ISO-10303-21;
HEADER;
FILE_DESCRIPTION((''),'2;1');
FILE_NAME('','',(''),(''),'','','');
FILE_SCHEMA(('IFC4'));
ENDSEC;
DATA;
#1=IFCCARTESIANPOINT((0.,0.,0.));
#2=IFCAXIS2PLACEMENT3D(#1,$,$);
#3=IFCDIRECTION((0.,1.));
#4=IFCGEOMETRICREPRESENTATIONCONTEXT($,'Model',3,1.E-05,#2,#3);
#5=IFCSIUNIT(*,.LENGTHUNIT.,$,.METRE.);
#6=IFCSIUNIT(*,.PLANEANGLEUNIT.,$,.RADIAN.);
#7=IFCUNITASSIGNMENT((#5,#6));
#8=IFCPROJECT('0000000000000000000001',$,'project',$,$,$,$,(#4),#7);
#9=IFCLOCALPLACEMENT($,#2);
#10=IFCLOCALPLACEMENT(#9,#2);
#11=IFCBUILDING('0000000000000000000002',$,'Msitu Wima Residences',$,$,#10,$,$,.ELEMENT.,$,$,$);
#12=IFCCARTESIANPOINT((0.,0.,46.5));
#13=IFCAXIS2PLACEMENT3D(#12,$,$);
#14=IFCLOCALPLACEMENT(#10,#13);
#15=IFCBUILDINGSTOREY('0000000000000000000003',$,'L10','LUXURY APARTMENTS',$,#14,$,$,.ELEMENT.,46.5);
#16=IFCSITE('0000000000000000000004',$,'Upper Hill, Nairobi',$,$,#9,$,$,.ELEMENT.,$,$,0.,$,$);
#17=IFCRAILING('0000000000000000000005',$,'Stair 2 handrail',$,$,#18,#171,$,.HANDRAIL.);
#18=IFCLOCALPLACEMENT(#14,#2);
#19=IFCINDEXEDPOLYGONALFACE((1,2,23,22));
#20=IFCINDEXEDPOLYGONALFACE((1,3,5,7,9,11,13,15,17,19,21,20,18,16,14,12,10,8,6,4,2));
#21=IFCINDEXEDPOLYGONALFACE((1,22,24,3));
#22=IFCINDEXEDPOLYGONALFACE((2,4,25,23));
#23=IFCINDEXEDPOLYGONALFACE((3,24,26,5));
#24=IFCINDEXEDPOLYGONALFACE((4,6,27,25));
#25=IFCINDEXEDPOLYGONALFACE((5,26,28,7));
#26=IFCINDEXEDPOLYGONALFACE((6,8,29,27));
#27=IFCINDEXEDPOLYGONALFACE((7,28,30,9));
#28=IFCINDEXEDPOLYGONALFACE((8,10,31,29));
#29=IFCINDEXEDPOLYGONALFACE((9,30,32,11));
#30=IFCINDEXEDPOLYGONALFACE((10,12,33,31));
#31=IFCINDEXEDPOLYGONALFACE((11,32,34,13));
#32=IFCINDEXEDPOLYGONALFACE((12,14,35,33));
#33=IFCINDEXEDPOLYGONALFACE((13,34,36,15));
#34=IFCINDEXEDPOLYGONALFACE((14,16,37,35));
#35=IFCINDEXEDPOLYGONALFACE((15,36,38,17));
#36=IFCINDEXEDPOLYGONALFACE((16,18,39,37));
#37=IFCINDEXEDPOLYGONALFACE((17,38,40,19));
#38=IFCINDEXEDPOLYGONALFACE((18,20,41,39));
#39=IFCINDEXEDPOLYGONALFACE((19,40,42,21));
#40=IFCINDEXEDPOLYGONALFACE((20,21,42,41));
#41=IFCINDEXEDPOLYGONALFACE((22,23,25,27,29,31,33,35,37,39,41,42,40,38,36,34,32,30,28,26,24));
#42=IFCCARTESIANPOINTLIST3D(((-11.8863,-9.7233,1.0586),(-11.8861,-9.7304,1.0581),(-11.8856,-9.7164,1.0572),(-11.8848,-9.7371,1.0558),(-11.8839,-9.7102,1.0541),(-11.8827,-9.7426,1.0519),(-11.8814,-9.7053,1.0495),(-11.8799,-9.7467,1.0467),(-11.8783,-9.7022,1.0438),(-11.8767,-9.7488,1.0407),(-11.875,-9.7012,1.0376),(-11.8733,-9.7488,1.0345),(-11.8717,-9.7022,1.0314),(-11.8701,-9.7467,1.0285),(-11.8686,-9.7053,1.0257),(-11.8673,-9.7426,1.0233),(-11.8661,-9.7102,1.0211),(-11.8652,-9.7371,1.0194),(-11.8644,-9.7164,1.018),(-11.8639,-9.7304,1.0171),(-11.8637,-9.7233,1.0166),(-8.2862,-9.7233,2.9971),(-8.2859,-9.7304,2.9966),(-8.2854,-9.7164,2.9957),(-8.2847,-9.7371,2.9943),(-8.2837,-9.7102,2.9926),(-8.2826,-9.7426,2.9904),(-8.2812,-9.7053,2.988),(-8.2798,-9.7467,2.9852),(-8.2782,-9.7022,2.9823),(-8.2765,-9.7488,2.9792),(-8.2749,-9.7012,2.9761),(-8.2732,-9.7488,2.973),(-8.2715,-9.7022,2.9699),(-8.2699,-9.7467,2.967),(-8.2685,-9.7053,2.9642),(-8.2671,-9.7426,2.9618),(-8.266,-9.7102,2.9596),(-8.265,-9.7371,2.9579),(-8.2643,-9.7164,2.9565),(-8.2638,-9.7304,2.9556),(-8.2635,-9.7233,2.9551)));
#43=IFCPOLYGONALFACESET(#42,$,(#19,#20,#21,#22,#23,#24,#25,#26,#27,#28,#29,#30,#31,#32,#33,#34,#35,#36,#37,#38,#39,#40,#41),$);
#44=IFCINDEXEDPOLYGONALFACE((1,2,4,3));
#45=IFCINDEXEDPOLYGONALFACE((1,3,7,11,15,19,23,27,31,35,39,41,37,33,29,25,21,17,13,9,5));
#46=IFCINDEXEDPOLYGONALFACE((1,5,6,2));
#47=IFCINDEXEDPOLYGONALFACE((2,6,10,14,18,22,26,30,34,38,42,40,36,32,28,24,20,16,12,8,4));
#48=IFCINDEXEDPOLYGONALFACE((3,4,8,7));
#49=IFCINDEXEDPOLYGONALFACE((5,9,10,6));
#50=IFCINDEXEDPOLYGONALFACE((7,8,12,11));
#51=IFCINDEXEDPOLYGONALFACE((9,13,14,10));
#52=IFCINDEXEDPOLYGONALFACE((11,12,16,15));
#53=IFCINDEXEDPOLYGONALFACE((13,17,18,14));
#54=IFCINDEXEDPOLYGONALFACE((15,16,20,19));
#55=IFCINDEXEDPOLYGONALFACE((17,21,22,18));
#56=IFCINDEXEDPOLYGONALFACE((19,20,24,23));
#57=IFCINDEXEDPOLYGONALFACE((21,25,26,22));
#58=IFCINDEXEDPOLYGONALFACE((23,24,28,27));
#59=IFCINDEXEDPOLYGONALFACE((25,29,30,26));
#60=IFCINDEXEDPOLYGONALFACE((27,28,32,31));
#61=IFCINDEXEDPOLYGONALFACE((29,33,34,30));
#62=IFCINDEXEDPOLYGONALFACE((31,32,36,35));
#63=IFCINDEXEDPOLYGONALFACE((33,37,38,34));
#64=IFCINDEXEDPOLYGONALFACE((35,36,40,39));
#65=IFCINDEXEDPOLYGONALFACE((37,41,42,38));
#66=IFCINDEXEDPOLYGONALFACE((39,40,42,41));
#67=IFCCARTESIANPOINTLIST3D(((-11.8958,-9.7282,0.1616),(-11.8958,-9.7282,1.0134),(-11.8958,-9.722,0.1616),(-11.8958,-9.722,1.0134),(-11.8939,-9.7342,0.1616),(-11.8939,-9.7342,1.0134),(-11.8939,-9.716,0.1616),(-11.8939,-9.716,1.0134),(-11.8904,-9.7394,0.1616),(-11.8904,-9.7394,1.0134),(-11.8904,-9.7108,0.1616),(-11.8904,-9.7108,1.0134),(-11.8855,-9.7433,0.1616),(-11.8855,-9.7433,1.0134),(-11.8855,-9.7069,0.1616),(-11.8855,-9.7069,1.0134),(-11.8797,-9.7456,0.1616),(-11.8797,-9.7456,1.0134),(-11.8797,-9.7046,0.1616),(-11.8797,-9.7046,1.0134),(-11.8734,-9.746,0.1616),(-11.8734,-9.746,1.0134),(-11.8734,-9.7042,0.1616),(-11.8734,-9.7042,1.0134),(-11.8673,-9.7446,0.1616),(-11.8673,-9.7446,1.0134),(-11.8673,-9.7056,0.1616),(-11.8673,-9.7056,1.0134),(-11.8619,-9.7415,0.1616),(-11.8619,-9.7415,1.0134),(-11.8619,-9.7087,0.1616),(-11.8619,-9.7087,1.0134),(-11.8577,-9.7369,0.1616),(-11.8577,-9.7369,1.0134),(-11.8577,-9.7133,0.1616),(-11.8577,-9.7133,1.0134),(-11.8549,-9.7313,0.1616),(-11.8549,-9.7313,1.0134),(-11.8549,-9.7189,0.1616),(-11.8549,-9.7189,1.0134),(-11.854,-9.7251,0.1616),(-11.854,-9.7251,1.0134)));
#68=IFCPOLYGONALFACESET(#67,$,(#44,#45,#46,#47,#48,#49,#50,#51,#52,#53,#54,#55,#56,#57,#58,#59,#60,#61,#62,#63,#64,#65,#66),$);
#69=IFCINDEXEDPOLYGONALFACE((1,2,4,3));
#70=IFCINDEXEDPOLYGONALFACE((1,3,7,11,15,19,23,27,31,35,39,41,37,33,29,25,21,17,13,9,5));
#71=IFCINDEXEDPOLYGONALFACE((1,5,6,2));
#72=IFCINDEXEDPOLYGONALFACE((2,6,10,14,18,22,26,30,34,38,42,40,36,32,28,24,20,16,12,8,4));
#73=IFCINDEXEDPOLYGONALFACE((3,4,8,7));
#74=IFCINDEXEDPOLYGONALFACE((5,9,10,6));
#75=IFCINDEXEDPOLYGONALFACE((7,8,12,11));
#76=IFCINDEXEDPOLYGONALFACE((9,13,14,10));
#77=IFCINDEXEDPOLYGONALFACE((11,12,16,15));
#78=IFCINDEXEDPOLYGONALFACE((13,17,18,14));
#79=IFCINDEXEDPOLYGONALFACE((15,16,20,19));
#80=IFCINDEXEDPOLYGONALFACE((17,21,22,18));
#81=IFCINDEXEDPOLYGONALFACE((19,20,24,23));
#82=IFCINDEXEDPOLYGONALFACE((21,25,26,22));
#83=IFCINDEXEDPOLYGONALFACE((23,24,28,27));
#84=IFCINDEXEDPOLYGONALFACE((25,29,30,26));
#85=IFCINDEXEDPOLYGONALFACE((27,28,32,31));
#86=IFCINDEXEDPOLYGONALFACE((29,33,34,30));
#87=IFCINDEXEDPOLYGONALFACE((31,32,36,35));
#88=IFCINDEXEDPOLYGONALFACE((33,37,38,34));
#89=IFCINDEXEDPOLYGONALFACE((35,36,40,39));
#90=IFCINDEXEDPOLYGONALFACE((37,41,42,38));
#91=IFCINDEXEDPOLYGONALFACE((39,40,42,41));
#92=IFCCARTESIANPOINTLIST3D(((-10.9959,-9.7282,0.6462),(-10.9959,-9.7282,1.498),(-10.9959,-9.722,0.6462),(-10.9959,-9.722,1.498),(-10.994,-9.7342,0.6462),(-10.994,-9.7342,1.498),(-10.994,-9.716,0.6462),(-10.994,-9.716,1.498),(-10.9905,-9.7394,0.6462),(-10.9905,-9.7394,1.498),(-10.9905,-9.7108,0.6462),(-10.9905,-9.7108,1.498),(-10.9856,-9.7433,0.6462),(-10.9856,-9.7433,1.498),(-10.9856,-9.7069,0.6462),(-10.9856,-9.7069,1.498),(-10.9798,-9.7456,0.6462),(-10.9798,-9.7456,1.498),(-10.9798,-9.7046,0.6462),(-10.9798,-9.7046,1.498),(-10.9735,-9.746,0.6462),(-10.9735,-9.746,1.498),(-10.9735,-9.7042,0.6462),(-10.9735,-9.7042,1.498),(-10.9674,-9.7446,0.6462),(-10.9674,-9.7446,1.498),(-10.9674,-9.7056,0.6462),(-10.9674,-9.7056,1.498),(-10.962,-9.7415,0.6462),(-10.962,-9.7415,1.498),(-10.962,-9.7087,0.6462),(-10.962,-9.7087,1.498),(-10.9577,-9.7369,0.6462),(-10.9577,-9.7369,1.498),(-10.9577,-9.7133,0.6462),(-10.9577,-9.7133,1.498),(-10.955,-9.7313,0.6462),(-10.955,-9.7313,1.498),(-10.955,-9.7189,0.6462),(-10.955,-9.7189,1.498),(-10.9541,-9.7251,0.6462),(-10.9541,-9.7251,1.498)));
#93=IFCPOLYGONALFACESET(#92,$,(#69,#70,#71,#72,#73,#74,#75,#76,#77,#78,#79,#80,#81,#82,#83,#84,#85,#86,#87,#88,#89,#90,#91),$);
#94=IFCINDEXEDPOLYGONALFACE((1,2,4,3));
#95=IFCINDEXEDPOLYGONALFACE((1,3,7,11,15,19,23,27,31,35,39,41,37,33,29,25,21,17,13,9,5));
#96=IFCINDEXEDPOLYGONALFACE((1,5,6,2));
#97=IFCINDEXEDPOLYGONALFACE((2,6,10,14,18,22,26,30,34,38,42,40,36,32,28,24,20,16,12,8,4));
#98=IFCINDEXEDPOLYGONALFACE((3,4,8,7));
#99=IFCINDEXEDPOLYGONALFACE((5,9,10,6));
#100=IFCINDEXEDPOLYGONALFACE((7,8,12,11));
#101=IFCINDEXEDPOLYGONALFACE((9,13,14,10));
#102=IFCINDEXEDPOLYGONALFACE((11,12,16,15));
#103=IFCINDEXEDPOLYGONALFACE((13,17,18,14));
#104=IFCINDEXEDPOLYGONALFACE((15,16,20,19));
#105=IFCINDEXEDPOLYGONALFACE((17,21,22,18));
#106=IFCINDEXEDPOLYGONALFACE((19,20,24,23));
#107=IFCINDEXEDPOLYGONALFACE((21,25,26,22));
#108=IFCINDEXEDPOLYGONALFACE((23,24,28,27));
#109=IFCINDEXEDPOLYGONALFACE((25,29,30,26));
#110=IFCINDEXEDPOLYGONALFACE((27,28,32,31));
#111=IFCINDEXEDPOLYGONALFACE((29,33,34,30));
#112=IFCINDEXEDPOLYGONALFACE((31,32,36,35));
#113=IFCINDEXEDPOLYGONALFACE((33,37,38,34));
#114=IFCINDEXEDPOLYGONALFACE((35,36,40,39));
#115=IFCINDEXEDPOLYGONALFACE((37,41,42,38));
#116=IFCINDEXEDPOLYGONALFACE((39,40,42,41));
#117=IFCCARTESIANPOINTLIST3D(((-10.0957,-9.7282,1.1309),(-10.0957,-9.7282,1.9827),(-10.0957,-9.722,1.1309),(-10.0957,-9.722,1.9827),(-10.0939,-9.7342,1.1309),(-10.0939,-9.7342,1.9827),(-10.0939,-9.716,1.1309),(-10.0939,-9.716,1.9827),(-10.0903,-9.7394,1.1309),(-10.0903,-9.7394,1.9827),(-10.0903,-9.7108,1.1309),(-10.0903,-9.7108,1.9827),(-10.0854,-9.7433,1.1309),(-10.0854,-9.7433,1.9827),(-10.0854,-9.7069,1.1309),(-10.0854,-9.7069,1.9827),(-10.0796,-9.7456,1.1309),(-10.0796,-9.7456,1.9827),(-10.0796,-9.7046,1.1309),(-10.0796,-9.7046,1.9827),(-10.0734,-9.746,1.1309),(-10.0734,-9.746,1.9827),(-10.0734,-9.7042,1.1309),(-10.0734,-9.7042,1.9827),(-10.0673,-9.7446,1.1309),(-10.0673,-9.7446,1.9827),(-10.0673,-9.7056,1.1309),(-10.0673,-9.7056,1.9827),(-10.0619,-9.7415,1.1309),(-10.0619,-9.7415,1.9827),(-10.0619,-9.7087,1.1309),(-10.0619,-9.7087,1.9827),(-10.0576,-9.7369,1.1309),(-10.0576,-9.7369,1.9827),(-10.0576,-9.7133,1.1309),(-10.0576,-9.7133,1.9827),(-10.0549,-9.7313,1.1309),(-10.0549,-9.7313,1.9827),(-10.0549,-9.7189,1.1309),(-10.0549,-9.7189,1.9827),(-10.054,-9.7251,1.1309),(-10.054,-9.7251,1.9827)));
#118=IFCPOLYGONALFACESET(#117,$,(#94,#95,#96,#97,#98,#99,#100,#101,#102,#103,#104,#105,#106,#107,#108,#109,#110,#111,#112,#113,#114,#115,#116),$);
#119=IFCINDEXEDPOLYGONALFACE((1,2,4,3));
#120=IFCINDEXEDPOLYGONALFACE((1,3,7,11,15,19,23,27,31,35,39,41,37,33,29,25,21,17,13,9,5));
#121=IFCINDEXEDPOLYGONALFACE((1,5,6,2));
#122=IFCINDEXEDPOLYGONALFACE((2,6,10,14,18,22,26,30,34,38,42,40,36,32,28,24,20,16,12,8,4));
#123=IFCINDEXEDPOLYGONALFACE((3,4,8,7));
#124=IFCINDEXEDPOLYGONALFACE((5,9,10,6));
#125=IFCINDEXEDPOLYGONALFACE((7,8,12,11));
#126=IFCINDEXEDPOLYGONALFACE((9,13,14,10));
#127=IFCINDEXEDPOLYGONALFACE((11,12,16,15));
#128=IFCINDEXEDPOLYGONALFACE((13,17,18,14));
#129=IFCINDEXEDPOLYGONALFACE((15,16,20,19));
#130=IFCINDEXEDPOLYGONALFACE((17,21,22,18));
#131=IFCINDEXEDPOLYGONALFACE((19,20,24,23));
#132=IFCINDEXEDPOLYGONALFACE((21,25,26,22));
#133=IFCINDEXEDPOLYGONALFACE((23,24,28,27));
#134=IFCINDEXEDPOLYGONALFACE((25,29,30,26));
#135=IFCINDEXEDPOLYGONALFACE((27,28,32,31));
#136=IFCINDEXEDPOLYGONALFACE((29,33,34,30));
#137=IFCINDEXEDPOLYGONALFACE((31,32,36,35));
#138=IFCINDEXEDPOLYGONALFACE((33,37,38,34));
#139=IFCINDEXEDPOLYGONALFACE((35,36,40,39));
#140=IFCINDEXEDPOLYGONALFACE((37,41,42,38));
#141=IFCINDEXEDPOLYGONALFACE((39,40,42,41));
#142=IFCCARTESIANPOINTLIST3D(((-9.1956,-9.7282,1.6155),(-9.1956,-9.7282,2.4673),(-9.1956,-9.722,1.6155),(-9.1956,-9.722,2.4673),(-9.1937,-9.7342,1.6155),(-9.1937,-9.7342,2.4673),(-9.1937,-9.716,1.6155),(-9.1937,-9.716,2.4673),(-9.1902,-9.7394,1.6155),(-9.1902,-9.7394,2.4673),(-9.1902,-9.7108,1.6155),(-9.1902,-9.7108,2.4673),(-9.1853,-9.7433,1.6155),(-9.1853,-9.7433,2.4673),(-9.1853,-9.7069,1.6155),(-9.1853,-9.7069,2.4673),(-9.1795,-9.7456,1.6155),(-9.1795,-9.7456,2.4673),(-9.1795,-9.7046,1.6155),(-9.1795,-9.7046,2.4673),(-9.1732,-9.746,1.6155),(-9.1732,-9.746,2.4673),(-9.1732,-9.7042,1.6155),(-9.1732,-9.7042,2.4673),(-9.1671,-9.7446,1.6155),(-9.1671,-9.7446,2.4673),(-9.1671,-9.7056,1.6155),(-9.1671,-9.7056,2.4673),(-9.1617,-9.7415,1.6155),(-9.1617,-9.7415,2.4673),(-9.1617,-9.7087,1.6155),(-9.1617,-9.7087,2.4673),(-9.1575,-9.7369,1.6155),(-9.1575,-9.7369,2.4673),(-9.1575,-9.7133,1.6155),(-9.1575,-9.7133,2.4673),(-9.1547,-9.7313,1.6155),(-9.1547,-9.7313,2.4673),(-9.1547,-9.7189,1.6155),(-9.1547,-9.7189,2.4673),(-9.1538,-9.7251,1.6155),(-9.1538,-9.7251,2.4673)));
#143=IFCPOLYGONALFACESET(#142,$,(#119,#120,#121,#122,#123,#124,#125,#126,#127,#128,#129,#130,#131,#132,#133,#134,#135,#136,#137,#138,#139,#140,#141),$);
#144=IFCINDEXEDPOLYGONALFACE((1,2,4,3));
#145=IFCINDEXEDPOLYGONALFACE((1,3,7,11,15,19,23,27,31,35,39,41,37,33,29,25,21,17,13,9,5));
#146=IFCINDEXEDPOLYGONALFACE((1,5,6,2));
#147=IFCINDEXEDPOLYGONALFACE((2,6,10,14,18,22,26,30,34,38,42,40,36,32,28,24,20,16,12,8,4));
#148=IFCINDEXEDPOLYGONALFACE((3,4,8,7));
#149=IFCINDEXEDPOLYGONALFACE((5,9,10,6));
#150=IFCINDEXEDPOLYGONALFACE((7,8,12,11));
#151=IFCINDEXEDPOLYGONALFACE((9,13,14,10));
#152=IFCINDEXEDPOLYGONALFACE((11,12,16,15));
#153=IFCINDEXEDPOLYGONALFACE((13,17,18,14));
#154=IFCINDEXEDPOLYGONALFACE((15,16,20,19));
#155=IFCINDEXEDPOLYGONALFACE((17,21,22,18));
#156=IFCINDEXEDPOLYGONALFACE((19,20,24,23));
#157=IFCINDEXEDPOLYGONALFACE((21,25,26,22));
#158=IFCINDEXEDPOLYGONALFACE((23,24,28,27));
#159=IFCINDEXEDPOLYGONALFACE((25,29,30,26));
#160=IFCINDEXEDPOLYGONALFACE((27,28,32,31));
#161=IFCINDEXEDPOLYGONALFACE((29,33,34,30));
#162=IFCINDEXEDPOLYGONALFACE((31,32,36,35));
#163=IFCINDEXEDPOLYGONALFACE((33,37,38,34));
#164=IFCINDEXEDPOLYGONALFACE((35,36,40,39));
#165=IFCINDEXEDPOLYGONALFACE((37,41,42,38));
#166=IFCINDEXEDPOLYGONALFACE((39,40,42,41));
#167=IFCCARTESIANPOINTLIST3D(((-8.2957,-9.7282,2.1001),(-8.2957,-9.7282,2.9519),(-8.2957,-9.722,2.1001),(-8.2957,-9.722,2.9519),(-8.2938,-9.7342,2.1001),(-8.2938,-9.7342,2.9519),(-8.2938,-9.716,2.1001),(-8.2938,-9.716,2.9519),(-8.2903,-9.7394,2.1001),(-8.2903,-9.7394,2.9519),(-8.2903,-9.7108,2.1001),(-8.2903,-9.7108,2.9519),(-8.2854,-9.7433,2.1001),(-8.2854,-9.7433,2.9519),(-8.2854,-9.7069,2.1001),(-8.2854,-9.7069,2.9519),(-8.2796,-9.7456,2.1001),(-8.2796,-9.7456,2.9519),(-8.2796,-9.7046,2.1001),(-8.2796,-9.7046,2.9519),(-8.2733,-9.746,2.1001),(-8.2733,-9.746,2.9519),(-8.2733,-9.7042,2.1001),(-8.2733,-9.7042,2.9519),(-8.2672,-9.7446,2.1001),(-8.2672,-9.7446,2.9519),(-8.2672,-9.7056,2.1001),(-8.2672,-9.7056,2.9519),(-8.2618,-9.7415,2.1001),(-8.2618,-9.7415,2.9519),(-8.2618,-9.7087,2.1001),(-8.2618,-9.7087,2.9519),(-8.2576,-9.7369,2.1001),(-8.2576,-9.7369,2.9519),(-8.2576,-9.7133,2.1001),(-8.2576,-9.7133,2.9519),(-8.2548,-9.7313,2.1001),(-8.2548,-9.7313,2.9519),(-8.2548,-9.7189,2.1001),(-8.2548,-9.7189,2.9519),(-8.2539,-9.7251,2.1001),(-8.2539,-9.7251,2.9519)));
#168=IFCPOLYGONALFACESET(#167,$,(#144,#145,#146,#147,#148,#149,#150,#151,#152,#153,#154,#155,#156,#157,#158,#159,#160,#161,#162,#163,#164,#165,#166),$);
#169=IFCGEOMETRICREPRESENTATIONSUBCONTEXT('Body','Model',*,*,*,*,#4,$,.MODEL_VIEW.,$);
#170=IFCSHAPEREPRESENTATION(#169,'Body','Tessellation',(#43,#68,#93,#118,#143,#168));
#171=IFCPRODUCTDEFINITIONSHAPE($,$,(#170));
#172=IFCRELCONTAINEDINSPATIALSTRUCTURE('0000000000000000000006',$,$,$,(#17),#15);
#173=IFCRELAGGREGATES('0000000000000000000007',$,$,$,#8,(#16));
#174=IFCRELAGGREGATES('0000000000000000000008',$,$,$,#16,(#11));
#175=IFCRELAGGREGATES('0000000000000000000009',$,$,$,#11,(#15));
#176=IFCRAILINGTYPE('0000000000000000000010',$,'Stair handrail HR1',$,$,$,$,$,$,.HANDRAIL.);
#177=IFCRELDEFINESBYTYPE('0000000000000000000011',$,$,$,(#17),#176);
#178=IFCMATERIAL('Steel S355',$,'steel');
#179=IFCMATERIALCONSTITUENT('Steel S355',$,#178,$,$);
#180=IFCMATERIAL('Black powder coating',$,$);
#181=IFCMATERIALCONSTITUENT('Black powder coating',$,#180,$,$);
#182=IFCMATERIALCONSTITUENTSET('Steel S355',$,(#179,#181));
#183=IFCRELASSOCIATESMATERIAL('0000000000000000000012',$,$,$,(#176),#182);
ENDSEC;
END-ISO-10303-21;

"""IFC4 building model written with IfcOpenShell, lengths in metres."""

from ifc_helpers import new_model, si_unit, direction, frame, origin, origin_2d, place, context, subcontext, project, spatial, circle, extrude, material, constituent, constituent_set, type_object, element, save


model = new_model("IFC4")

# Units and contexts
model_context = context("Model", 3, precision=1e-05, world=origin(), true_north=direction((0.0, 1.0)))
body_context = subcontext(model_context, "Body", "Model", "MODEL_VIEW")
ifc_project = project(units=[si_unit("LENGTHUNIT", "METRE"), si_unit("PLANEANGLEUNIT", "RADIAN")], contexts=[model_context])

# Site, building, storey
site_placement = place(None, origin())
site = spatial("IfcSite", under=ifc_project, at=site_placement, Name="Upper Hill, Nairobi", CompositionType="ELEMENT", RefElevation=0.0)
building_placement = place(site_placement, origin())
building = spatial("IfcBuilding", under=site, at=building_placement, Name="Msitu Wima Residences", CompositionType="ELEMENT")
storey_placement = place(building_placement, frame((0.0, 0.0, 46.5)))
storey = spatial("IfcBuildingStorey", under=building, at=storey_placement, Name="L10", Description="LUXURY APARTMENTS", CompositionType="ELEMENT", Elevation=46.5)

# Railing
ifc_material_1 = material(Name="Steel S355", Category="steel")
ifc_constituent_1 = constituent(ifc_material_1, Name="Steel S355")
ifc_material_2 = material(Name="Black powder coating")
ifc_constituent_2 = constituent(ifc_material_2, Name="Black powder coating")
ifc_constituent_set = constituent_set(constituents=[ifc_constituent_1, ifc_constituent_2], Name="Steel S355")
railing_type = type_object("IfcRailingType", Name="Stair handrail HR1", PredefinedType="HANDRAIL", material=ifc_constituent_set)
for number, where, name in (
    (1, (-11.875, -9.7251, 0.1616), "Stair 2 handrail"),
):
    element("IfcRailing", number, at=place(storey_placement, frame(where)), inside=storey, type_object=railing_type, Name=name, PredefinedType="HANDRAIL", context=body_context, shape_type="SweptSolid", body=[
        extrude(circle(Radius=0.0239, at=origin_2d()), frame((0.0, 0.0, 0.876), z_axis=(0.880475, 0.0, 0.474093), x_axis=(0.0, 1.0, 0.0)), (0.0, 0.0, 1.0), 4.0889),
        extrude(circle(Radius=0.021, at=origin_2d()), origin(), (0.0, 0.0, 1.0), 0.8518),
        extrude(circle(Radius=0.021, at=origin_2d()), frame((0.8999, 0.0, 0.4846)), (0.0, 0.0, 1.0), 0.8518),
        extrude(circle(Radius=0.021, at=origin_2d()), frame((1.8, 0.0, 0.9692)), (0.0, 0.0, 1.0), 0.8518),
        extrude(circle(Radius=0.021, at=origin_2d()), frame((2.7002, 0.0, 1.4539)), (0.0, 0.0, 1.0), 0.8518),
        extrude(circle(Radius=0.021, at=origin_2d()), frame((3.6001, 0.0, 1.9385)), (0.0, 0.0, 1.0), 0.8518),
    ])

save(model, "model.ifc")
